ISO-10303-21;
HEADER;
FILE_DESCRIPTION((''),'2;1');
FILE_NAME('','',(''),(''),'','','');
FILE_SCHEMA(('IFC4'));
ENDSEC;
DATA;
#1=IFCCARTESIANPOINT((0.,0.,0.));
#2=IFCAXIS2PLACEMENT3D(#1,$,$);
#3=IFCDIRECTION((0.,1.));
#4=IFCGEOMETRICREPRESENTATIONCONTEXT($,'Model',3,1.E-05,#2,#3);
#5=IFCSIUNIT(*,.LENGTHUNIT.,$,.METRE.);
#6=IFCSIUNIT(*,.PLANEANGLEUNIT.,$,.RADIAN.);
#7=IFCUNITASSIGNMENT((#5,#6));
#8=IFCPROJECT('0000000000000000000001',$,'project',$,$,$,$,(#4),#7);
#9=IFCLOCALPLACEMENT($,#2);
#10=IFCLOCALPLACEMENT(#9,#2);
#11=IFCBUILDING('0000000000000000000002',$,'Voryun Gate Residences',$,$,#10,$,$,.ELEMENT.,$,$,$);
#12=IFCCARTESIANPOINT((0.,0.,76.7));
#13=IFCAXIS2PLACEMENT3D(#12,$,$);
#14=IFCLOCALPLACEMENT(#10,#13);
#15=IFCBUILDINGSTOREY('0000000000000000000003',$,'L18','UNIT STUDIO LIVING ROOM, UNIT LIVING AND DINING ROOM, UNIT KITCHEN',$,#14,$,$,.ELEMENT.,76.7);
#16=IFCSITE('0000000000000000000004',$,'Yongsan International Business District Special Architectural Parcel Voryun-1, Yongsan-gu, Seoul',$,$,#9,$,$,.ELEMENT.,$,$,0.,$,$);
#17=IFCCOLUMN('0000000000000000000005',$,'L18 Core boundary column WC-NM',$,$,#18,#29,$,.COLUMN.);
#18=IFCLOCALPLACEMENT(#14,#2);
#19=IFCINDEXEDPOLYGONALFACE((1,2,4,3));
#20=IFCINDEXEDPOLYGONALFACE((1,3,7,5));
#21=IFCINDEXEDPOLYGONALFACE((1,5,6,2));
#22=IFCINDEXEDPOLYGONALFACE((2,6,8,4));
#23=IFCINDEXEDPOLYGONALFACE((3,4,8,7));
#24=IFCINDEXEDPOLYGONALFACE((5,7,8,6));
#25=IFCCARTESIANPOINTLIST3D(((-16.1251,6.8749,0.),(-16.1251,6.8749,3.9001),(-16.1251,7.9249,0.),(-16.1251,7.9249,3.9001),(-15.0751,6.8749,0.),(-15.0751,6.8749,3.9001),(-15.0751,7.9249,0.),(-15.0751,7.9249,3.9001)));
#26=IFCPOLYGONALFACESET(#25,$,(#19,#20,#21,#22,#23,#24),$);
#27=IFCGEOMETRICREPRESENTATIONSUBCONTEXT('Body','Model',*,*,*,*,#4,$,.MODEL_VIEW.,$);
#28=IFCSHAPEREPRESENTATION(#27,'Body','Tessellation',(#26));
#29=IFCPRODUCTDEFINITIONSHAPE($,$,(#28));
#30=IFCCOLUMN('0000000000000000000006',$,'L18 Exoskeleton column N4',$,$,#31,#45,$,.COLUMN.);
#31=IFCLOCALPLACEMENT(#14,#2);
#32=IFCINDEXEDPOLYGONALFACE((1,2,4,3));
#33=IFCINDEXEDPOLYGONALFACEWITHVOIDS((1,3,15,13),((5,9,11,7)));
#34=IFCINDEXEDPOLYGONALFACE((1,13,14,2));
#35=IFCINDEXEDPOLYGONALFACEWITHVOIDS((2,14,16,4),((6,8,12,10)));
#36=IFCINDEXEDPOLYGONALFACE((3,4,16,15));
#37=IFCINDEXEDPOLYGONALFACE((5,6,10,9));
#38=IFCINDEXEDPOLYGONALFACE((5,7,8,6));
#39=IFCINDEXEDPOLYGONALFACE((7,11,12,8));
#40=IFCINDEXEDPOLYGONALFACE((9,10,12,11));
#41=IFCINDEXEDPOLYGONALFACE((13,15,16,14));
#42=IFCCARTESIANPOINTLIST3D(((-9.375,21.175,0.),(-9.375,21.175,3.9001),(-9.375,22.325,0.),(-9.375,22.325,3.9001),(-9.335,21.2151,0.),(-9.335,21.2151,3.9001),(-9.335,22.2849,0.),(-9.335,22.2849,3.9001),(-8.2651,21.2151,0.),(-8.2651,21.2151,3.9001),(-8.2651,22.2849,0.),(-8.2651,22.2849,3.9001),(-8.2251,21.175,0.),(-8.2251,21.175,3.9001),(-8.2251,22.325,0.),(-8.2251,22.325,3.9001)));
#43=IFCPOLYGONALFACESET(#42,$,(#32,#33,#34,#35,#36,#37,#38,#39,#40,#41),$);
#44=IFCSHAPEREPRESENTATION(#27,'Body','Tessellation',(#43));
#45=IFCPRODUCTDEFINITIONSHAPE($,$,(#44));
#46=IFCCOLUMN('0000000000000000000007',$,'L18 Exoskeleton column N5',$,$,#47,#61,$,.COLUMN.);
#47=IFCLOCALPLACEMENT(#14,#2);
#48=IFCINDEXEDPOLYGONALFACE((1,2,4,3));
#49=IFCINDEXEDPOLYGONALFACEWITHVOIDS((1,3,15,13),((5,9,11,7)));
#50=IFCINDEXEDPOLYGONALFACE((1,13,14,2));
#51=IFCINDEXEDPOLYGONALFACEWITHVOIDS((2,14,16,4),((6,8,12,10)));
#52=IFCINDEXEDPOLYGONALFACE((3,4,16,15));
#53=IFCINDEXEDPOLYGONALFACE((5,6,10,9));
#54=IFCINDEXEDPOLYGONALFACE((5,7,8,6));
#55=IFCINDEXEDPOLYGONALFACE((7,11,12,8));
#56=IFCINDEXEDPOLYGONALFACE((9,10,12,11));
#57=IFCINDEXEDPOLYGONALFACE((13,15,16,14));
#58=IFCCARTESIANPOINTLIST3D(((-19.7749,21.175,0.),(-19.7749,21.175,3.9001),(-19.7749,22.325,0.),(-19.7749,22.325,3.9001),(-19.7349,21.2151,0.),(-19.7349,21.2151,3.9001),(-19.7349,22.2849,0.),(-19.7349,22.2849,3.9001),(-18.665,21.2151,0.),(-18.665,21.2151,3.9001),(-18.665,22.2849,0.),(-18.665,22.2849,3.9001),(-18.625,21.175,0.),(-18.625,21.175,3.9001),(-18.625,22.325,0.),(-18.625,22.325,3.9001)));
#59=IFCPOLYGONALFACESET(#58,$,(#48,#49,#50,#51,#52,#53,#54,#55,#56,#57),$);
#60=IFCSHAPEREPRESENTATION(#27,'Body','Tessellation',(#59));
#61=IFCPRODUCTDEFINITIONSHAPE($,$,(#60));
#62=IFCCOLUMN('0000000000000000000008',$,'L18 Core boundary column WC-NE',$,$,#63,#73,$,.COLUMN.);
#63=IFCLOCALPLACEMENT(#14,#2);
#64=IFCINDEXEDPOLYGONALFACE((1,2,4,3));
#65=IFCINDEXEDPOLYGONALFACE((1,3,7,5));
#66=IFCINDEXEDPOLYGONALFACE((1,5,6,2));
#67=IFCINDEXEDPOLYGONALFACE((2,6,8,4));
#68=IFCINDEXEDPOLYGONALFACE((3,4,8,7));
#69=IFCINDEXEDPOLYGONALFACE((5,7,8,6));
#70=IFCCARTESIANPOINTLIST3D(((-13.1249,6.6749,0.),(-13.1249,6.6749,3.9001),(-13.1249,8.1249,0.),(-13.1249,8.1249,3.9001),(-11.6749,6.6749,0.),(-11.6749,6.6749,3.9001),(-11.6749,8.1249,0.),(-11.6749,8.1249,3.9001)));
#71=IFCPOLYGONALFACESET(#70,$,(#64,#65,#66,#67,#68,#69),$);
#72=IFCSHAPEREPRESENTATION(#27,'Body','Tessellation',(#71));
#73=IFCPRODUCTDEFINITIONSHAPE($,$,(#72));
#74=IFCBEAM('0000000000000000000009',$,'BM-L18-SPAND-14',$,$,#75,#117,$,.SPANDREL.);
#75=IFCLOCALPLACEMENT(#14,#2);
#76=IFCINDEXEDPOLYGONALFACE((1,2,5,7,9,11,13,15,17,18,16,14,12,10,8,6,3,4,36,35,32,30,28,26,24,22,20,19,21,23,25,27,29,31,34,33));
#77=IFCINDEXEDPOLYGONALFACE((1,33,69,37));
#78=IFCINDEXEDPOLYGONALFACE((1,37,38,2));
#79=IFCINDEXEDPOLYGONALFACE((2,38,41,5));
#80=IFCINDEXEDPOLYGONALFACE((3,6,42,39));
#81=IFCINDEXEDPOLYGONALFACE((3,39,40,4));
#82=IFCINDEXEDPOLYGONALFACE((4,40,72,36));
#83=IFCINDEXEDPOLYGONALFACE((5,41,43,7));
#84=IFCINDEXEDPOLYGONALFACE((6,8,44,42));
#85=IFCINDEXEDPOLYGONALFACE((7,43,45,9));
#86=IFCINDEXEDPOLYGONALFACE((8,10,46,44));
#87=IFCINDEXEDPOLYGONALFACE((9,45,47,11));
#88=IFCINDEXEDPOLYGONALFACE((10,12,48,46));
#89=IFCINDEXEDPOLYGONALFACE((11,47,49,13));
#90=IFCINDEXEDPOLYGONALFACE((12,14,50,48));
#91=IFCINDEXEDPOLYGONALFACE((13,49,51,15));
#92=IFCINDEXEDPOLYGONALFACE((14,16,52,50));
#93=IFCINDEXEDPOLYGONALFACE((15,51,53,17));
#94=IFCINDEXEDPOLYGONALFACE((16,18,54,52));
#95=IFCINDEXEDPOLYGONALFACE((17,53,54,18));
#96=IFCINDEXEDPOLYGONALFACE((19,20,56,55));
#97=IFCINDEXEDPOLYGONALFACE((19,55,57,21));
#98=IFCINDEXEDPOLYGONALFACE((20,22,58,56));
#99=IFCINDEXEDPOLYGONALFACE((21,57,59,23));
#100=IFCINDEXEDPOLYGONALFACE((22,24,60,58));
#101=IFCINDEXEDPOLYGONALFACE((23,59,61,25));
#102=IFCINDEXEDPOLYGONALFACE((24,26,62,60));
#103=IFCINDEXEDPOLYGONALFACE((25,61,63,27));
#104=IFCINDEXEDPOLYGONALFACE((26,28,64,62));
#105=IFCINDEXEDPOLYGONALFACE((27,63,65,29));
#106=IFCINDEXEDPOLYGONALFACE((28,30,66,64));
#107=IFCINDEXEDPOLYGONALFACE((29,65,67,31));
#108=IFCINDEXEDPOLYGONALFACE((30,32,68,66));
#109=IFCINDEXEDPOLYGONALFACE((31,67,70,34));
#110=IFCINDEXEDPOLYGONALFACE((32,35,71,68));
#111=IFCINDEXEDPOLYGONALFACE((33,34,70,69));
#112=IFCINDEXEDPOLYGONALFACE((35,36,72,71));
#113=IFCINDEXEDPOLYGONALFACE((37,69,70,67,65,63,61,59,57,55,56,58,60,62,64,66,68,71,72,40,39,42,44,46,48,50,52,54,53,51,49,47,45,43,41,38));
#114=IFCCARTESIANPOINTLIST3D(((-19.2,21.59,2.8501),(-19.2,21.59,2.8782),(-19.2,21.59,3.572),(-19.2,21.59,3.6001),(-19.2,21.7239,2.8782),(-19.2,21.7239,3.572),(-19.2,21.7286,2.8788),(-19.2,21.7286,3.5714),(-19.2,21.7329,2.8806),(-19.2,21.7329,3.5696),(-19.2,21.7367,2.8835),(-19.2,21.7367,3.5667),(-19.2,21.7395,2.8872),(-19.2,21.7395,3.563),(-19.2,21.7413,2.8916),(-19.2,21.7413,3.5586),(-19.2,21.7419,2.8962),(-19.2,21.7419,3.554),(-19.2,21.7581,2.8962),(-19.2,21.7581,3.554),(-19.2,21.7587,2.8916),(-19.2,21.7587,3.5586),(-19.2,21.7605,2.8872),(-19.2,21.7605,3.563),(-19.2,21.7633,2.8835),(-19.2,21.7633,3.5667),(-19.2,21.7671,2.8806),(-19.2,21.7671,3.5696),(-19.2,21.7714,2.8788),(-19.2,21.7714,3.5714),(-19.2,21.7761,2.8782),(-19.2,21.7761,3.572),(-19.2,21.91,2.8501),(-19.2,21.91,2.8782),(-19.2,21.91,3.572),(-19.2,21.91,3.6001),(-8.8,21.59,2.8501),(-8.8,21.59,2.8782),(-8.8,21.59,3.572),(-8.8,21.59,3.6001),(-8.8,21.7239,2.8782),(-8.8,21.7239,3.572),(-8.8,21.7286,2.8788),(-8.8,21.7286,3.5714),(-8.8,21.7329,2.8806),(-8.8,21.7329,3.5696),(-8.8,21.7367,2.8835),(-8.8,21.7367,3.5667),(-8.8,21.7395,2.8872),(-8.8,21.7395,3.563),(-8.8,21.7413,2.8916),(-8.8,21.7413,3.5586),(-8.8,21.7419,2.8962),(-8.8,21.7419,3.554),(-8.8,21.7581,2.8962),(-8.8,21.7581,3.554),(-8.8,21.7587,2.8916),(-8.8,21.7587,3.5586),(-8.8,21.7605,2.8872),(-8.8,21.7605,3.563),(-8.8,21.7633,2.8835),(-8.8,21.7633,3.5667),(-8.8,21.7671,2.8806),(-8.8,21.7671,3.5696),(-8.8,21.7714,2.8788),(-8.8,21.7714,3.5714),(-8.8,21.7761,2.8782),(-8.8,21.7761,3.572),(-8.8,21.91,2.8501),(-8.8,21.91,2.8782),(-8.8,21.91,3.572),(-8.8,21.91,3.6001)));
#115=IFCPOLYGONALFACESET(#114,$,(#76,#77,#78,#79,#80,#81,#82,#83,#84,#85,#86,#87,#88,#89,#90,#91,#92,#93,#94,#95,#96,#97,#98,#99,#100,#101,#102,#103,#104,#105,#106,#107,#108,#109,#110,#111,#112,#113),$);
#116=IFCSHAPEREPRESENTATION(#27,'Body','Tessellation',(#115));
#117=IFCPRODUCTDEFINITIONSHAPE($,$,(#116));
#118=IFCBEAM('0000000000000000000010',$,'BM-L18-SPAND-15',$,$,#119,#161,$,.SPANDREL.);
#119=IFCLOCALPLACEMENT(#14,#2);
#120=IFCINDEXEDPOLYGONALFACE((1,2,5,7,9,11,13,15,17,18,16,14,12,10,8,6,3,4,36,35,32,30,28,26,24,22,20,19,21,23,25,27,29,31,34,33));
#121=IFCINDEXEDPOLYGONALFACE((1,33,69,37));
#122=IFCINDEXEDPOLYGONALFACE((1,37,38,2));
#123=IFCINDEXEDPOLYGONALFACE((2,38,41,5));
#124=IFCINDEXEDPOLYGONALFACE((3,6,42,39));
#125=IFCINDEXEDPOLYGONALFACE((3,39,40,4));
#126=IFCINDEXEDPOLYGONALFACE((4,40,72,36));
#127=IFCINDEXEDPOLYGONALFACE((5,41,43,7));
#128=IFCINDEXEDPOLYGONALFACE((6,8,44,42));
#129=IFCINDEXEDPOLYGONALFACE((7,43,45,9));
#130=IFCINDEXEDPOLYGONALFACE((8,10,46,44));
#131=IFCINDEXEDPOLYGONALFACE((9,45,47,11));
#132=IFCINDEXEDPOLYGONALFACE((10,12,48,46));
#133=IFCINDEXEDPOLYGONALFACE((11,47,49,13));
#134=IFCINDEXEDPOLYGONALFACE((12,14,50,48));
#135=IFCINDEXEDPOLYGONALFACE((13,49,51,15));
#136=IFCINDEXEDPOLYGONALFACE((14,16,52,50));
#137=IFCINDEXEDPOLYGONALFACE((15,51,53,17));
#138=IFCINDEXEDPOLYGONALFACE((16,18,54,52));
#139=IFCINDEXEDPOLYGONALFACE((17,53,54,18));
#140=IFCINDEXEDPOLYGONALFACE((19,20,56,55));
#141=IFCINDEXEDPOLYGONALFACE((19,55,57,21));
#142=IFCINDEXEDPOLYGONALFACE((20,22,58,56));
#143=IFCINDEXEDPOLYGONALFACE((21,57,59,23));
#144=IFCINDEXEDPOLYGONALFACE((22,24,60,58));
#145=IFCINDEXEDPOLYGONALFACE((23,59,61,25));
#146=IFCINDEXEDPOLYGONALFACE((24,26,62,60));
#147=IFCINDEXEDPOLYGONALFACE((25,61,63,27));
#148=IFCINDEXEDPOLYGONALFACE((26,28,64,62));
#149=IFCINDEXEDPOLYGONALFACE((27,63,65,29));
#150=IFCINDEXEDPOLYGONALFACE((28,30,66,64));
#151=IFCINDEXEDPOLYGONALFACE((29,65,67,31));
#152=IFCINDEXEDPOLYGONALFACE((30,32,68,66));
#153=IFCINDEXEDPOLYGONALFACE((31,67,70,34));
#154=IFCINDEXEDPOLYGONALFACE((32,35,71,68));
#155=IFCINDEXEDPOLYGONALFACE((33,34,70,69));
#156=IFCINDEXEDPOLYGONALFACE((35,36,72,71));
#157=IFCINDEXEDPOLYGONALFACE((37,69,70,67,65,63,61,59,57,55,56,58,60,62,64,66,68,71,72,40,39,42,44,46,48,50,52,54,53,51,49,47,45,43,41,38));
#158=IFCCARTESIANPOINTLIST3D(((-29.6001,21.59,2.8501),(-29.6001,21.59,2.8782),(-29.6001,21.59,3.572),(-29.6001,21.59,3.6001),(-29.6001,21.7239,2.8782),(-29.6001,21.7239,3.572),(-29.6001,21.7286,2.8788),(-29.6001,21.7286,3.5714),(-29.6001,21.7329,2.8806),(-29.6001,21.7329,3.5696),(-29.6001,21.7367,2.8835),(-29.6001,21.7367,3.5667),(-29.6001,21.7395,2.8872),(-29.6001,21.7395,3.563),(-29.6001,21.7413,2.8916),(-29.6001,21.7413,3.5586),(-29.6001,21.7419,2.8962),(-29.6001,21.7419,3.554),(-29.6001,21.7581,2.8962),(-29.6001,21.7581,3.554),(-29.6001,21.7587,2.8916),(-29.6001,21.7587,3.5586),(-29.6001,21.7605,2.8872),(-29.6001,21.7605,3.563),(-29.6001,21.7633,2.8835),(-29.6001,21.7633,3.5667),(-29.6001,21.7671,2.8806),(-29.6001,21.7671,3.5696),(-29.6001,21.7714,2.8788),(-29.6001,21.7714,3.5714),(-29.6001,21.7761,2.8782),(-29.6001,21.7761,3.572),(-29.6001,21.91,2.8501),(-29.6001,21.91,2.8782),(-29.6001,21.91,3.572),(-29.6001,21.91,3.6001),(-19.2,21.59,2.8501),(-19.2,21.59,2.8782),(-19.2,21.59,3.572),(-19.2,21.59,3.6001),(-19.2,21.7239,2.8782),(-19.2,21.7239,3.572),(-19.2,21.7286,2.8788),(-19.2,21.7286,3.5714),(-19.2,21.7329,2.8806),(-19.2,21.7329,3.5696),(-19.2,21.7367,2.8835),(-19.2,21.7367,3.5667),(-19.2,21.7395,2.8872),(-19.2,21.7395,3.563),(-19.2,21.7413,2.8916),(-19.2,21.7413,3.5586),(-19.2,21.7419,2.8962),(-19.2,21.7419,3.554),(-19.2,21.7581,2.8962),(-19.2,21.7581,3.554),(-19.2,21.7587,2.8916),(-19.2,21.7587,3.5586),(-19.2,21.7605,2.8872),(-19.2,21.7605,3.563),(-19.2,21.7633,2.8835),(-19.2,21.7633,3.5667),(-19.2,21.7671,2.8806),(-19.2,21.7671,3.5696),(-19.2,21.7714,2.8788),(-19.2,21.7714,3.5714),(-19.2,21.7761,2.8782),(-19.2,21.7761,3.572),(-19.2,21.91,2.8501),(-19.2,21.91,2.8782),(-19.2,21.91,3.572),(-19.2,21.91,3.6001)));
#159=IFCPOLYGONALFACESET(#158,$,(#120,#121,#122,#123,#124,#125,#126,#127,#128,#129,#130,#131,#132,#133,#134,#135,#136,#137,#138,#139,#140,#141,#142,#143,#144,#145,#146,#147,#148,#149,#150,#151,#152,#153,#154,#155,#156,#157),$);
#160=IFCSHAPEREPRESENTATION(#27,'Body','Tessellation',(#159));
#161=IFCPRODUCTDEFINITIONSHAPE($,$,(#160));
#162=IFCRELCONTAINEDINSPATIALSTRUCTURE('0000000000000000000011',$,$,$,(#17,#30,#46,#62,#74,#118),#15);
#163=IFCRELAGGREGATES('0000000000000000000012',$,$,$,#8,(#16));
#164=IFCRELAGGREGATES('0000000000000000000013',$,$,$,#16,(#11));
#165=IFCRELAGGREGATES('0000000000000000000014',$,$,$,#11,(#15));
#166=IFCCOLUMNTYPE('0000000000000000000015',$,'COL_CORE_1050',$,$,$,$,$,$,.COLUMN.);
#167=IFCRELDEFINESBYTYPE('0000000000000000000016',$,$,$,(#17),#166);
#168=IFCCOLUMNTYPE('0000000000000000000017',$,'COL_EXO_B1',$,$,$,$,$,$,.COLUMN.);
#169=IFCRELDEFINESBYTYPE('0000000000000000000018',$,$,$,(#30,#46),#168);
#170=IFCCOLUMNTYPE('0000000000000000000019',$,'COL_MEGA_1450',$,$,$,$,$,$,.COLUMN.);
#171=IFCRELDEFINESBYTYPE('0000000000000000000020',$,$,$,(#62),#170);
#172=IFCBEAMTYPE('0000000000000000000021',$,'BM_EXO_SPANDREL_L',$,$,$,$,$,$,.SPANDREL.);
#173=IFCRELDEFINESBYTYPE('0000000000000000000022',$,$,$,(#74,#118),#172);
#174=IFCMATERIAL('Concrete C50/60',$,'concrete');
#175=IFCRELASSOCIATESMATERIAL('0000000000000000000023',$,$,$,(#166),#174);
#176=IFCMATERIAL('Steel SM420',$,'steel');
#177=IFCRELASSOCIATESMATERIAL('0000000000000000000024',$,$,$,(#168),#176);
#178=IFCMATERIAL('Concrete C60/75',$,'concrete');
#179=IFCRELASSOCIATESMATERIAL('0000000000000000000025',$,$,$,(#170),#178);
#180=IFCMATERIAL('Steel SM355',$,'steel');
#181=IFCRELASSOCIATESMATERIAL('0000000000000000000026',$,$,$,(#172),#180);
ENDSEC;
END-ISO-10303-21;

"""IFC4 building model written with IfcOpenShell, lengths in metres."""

from ifc_helpers import new_model, si_unit, direction, frame, origin, origin_2d, place, context, subcontext, project, spatial, rectangle, hollow_rectangle, i_section, extrude, material, material_profile, profile_set, type_object, element, save


model = new_model("IFC4")

# Units and contexts
model_context = context("Model", 3, precision=1e-05, world=origin(), true_north=direction((0.0, 1.0)))
body_context = subcontext(model_context, "Body", "Model", "MODEL_VIEW")
ifc_project = project(units=[si_unit("LENGTHUNIT", "METRE"), si_unit("PLANEANGLEUNIT", "RADIAN")], contexts=[model_context])

# Site, building, storey
site_placement = place(None, origin())
site = spatial("IfcSite", under=ifc_project, at=site_placement, Name="Yongsan International Business District Special Architectural Parcel Voryun-1, Yongsan-gu, Seoul", CompositionType="ELEMENT", RefElevation=0.0)
building_placement = place(site_placement, origin())
building = spatial("IfcBuilding", under=site, at=building_placement, Name="Voryun Gate Residences", CompositionType="ELEMENT")
storey_placement = place(building_placement, frame((0.0, 0.0, 76.7)))
storey = spatial("IfcBuildingStorey", under=building, at=storey_placement, Name="L18", Description="UNIT STUDIO LIVING ROOM, UNIT LIVING AND DINING ROOM, UNIT KITCHEN", CompositionType="ELEMENT", Elevation=76.7)

# Columns
ifc_material_1 = material(Name="Concrete C50/60", Category="concrete")
ifc_material_profile_1 = material_profile(ifc_material_1, rectangle(XDim=1.05, YDim=1.05, at=origin_2d()), Name="RC-1050x1050")
ifc_profile_set_1 = profile_set([ifc_material_profile_1], Name="Concrete C50/60")
column_type_1 = type_object("IfcColumnType", Name="COL_CORE_1050", PredefinedType="COLUMN", material=ifc_profile_set_1)
column_1_placement = place(storey_placement, frame((-15.6001, 7.3999, 0.0), z_axis=(0.0, 0.0, 1.0), x_axis=(1.0, 0.0, 0.0)))
element("IfcColumn", 1, at=column_1_placement, inside=storey, type_object=column_type_1, Name="L18 Core boundary column WC-NM", PredefinedType="COLUMN", context=body_context, shape_type="SweptSolid", body=[
    extrude(rectangle(XDim=1.05, YDim=1.05, at=origin_2d()), origin(), (0.0, 0.0, 1.0), 3.9001),
])
ifc_material_2 = material(Name="Steel SM420", Category="steel")
ifc_material_profile_2 = material_profile(ifc_material_2, hollow_rectangle(XDim=1.1499, YDim=1.1499, WallThickness=0.04, at=origin_2d()), Name="BOX-1150x1150x40")
ifc_profile_set_2 = profile_set([ifc_material_profile_2], Name="Steel SM420")
column_type_2 = type_object("IfcColumnType", Name="COL_EXO_B1", PredefinedType="COLUMN", material=ifc_profile_set_2)
for number, where, z_axis, x_axis, name in (
    (2, (-8.8, 21.75, 0.0), (0.0, 0.0, 1.0), (1.0, 0.0, 0.0), "L18 Exoskeleton column N4"),
    (3, (-19.2, 21.75, 0.0), (0.0, 0.0, 1.0), (1.0, 0.0, 0.0), "L18 Exoskeleton column N5"),
):
    element("IfcColumn", number, at=place(storey_placement, frame(where, z_axis=z_axis, x_axis=x_axis)), inside=storey, type_object=column_type_2, Name=name, PredefinedType="COLUMN", context=body_context, shape_type="SweptSolid", body=[
        extrude(hollow_rectangle(XDim=1.1499, YDim=1.1499, WallThickness=0.04, at=origin_2d()), origin(), (0.0, 0.0, 1.0), 3.9001),
    ])
ifc_material_3 = material(Name="Concrete C60/75", Category="concrete")
ifc_material_profile_3 = material_profile(ifc_material_3, rectangle(XDim=1.45, YDim=1.45, at=origin_2d()), Name="RC-1450x1450")
ifc_profile_set_3 = profile_set([ifc_material_profile_3], Name="Concrete C60/75")
column_type_3 = type_object("IfcColumnType", Name="COL_MEGA_1450", PredefinedType="COLUMN", material=ifc_profile_set_3)
column_2_placement = place(storey_placement, frame((-12.3999, 7.3999, 0.0), z_axis=(0.0, 0.0, 1.0), x_axis=(1.0, 0.0, 0.0)))
element("IfcColumn", 4, at=column_2_placement, inside=storey, type_object=column_type_3, Name="L18 Core boundary column WC-NE", PredefinedType="COLUMN", context=body_context, shape_type="SweptSolid", body=[
    extrude(rectangle(XDim=1.45, YDim=1.45, at=origin_2d()), origin(), (0.0, 0.0, 1.0), 3.9001),
])

# Beams
ifc_material_4 = material(Name="Steel SM355", Category="steel")
ifc_material_profile_4 = material_profile(ifc_material_4, i_section(OverallWidth=0.3201, OverallDepth=0.75, WebThickness=0.0161, FlangeThickness=0.0281, FilletRadius=0.0181, at=origin_2d()), Name="H-750x320x16x28")
ifc_profile_set_4 = profile_set([ifc_material_profile_4], Name="Steel SM355")
beam_type_1 = type_object("IfcBeamType", Name="BM_EXO_SPANDREL_L", PredefinedType="SPANDREL", material=ifc_profile_set_4)
beam_1_placement = place(storey_placement, frame((-8.8, 21.75, 3.2251), z_axis=(-1.0, 0.0, 0.0), x_axis=(0.0, -1.0, 0.0)))
element("IfcBeam", 5, at=beam_1_placement, inside=storey, type_object=beam_type_1, Name="BM-L18-SPAND-14", PredefinedType="SPANDREL", context=body_context, shape_type="SweptSolid", body=[
    extrude(i_section(OverallWidth=0.3201, OverallDepth=0.75, WebThickness=0.0161, FlangeThickness=0.0281, FilletRadius=0.0181, at=origin_2d()), origin(), (0.0, 0.0, 1.0), 10.3999),
])
beam_2_placement = place(storey_placement, frame((-19.2, 21.75, 3.2251), z_axis=(-1.0, 0.0, 0.0), x_axis=(0.0, -1.0, 0.0)))
element("IfcBeam", 6, at=beam_2_placement, inside=storey, type_object=beam_type_1, Name="BM-L18-SPAND-15", PredefinedType="SPANDREL", context=body_context, shape_type="SweptSolid", body=[
    extrude(i_section(OverallWidth=0.3201, OverallDepth=0.75, WebThickness=0.0161, FlangeThickness=0.0281, FilletRadius=0.0181, at=origin_2d()), origin(), (0.0, 0.0, 1.0), 10.4001),
])

save(model, "model.ifc")
